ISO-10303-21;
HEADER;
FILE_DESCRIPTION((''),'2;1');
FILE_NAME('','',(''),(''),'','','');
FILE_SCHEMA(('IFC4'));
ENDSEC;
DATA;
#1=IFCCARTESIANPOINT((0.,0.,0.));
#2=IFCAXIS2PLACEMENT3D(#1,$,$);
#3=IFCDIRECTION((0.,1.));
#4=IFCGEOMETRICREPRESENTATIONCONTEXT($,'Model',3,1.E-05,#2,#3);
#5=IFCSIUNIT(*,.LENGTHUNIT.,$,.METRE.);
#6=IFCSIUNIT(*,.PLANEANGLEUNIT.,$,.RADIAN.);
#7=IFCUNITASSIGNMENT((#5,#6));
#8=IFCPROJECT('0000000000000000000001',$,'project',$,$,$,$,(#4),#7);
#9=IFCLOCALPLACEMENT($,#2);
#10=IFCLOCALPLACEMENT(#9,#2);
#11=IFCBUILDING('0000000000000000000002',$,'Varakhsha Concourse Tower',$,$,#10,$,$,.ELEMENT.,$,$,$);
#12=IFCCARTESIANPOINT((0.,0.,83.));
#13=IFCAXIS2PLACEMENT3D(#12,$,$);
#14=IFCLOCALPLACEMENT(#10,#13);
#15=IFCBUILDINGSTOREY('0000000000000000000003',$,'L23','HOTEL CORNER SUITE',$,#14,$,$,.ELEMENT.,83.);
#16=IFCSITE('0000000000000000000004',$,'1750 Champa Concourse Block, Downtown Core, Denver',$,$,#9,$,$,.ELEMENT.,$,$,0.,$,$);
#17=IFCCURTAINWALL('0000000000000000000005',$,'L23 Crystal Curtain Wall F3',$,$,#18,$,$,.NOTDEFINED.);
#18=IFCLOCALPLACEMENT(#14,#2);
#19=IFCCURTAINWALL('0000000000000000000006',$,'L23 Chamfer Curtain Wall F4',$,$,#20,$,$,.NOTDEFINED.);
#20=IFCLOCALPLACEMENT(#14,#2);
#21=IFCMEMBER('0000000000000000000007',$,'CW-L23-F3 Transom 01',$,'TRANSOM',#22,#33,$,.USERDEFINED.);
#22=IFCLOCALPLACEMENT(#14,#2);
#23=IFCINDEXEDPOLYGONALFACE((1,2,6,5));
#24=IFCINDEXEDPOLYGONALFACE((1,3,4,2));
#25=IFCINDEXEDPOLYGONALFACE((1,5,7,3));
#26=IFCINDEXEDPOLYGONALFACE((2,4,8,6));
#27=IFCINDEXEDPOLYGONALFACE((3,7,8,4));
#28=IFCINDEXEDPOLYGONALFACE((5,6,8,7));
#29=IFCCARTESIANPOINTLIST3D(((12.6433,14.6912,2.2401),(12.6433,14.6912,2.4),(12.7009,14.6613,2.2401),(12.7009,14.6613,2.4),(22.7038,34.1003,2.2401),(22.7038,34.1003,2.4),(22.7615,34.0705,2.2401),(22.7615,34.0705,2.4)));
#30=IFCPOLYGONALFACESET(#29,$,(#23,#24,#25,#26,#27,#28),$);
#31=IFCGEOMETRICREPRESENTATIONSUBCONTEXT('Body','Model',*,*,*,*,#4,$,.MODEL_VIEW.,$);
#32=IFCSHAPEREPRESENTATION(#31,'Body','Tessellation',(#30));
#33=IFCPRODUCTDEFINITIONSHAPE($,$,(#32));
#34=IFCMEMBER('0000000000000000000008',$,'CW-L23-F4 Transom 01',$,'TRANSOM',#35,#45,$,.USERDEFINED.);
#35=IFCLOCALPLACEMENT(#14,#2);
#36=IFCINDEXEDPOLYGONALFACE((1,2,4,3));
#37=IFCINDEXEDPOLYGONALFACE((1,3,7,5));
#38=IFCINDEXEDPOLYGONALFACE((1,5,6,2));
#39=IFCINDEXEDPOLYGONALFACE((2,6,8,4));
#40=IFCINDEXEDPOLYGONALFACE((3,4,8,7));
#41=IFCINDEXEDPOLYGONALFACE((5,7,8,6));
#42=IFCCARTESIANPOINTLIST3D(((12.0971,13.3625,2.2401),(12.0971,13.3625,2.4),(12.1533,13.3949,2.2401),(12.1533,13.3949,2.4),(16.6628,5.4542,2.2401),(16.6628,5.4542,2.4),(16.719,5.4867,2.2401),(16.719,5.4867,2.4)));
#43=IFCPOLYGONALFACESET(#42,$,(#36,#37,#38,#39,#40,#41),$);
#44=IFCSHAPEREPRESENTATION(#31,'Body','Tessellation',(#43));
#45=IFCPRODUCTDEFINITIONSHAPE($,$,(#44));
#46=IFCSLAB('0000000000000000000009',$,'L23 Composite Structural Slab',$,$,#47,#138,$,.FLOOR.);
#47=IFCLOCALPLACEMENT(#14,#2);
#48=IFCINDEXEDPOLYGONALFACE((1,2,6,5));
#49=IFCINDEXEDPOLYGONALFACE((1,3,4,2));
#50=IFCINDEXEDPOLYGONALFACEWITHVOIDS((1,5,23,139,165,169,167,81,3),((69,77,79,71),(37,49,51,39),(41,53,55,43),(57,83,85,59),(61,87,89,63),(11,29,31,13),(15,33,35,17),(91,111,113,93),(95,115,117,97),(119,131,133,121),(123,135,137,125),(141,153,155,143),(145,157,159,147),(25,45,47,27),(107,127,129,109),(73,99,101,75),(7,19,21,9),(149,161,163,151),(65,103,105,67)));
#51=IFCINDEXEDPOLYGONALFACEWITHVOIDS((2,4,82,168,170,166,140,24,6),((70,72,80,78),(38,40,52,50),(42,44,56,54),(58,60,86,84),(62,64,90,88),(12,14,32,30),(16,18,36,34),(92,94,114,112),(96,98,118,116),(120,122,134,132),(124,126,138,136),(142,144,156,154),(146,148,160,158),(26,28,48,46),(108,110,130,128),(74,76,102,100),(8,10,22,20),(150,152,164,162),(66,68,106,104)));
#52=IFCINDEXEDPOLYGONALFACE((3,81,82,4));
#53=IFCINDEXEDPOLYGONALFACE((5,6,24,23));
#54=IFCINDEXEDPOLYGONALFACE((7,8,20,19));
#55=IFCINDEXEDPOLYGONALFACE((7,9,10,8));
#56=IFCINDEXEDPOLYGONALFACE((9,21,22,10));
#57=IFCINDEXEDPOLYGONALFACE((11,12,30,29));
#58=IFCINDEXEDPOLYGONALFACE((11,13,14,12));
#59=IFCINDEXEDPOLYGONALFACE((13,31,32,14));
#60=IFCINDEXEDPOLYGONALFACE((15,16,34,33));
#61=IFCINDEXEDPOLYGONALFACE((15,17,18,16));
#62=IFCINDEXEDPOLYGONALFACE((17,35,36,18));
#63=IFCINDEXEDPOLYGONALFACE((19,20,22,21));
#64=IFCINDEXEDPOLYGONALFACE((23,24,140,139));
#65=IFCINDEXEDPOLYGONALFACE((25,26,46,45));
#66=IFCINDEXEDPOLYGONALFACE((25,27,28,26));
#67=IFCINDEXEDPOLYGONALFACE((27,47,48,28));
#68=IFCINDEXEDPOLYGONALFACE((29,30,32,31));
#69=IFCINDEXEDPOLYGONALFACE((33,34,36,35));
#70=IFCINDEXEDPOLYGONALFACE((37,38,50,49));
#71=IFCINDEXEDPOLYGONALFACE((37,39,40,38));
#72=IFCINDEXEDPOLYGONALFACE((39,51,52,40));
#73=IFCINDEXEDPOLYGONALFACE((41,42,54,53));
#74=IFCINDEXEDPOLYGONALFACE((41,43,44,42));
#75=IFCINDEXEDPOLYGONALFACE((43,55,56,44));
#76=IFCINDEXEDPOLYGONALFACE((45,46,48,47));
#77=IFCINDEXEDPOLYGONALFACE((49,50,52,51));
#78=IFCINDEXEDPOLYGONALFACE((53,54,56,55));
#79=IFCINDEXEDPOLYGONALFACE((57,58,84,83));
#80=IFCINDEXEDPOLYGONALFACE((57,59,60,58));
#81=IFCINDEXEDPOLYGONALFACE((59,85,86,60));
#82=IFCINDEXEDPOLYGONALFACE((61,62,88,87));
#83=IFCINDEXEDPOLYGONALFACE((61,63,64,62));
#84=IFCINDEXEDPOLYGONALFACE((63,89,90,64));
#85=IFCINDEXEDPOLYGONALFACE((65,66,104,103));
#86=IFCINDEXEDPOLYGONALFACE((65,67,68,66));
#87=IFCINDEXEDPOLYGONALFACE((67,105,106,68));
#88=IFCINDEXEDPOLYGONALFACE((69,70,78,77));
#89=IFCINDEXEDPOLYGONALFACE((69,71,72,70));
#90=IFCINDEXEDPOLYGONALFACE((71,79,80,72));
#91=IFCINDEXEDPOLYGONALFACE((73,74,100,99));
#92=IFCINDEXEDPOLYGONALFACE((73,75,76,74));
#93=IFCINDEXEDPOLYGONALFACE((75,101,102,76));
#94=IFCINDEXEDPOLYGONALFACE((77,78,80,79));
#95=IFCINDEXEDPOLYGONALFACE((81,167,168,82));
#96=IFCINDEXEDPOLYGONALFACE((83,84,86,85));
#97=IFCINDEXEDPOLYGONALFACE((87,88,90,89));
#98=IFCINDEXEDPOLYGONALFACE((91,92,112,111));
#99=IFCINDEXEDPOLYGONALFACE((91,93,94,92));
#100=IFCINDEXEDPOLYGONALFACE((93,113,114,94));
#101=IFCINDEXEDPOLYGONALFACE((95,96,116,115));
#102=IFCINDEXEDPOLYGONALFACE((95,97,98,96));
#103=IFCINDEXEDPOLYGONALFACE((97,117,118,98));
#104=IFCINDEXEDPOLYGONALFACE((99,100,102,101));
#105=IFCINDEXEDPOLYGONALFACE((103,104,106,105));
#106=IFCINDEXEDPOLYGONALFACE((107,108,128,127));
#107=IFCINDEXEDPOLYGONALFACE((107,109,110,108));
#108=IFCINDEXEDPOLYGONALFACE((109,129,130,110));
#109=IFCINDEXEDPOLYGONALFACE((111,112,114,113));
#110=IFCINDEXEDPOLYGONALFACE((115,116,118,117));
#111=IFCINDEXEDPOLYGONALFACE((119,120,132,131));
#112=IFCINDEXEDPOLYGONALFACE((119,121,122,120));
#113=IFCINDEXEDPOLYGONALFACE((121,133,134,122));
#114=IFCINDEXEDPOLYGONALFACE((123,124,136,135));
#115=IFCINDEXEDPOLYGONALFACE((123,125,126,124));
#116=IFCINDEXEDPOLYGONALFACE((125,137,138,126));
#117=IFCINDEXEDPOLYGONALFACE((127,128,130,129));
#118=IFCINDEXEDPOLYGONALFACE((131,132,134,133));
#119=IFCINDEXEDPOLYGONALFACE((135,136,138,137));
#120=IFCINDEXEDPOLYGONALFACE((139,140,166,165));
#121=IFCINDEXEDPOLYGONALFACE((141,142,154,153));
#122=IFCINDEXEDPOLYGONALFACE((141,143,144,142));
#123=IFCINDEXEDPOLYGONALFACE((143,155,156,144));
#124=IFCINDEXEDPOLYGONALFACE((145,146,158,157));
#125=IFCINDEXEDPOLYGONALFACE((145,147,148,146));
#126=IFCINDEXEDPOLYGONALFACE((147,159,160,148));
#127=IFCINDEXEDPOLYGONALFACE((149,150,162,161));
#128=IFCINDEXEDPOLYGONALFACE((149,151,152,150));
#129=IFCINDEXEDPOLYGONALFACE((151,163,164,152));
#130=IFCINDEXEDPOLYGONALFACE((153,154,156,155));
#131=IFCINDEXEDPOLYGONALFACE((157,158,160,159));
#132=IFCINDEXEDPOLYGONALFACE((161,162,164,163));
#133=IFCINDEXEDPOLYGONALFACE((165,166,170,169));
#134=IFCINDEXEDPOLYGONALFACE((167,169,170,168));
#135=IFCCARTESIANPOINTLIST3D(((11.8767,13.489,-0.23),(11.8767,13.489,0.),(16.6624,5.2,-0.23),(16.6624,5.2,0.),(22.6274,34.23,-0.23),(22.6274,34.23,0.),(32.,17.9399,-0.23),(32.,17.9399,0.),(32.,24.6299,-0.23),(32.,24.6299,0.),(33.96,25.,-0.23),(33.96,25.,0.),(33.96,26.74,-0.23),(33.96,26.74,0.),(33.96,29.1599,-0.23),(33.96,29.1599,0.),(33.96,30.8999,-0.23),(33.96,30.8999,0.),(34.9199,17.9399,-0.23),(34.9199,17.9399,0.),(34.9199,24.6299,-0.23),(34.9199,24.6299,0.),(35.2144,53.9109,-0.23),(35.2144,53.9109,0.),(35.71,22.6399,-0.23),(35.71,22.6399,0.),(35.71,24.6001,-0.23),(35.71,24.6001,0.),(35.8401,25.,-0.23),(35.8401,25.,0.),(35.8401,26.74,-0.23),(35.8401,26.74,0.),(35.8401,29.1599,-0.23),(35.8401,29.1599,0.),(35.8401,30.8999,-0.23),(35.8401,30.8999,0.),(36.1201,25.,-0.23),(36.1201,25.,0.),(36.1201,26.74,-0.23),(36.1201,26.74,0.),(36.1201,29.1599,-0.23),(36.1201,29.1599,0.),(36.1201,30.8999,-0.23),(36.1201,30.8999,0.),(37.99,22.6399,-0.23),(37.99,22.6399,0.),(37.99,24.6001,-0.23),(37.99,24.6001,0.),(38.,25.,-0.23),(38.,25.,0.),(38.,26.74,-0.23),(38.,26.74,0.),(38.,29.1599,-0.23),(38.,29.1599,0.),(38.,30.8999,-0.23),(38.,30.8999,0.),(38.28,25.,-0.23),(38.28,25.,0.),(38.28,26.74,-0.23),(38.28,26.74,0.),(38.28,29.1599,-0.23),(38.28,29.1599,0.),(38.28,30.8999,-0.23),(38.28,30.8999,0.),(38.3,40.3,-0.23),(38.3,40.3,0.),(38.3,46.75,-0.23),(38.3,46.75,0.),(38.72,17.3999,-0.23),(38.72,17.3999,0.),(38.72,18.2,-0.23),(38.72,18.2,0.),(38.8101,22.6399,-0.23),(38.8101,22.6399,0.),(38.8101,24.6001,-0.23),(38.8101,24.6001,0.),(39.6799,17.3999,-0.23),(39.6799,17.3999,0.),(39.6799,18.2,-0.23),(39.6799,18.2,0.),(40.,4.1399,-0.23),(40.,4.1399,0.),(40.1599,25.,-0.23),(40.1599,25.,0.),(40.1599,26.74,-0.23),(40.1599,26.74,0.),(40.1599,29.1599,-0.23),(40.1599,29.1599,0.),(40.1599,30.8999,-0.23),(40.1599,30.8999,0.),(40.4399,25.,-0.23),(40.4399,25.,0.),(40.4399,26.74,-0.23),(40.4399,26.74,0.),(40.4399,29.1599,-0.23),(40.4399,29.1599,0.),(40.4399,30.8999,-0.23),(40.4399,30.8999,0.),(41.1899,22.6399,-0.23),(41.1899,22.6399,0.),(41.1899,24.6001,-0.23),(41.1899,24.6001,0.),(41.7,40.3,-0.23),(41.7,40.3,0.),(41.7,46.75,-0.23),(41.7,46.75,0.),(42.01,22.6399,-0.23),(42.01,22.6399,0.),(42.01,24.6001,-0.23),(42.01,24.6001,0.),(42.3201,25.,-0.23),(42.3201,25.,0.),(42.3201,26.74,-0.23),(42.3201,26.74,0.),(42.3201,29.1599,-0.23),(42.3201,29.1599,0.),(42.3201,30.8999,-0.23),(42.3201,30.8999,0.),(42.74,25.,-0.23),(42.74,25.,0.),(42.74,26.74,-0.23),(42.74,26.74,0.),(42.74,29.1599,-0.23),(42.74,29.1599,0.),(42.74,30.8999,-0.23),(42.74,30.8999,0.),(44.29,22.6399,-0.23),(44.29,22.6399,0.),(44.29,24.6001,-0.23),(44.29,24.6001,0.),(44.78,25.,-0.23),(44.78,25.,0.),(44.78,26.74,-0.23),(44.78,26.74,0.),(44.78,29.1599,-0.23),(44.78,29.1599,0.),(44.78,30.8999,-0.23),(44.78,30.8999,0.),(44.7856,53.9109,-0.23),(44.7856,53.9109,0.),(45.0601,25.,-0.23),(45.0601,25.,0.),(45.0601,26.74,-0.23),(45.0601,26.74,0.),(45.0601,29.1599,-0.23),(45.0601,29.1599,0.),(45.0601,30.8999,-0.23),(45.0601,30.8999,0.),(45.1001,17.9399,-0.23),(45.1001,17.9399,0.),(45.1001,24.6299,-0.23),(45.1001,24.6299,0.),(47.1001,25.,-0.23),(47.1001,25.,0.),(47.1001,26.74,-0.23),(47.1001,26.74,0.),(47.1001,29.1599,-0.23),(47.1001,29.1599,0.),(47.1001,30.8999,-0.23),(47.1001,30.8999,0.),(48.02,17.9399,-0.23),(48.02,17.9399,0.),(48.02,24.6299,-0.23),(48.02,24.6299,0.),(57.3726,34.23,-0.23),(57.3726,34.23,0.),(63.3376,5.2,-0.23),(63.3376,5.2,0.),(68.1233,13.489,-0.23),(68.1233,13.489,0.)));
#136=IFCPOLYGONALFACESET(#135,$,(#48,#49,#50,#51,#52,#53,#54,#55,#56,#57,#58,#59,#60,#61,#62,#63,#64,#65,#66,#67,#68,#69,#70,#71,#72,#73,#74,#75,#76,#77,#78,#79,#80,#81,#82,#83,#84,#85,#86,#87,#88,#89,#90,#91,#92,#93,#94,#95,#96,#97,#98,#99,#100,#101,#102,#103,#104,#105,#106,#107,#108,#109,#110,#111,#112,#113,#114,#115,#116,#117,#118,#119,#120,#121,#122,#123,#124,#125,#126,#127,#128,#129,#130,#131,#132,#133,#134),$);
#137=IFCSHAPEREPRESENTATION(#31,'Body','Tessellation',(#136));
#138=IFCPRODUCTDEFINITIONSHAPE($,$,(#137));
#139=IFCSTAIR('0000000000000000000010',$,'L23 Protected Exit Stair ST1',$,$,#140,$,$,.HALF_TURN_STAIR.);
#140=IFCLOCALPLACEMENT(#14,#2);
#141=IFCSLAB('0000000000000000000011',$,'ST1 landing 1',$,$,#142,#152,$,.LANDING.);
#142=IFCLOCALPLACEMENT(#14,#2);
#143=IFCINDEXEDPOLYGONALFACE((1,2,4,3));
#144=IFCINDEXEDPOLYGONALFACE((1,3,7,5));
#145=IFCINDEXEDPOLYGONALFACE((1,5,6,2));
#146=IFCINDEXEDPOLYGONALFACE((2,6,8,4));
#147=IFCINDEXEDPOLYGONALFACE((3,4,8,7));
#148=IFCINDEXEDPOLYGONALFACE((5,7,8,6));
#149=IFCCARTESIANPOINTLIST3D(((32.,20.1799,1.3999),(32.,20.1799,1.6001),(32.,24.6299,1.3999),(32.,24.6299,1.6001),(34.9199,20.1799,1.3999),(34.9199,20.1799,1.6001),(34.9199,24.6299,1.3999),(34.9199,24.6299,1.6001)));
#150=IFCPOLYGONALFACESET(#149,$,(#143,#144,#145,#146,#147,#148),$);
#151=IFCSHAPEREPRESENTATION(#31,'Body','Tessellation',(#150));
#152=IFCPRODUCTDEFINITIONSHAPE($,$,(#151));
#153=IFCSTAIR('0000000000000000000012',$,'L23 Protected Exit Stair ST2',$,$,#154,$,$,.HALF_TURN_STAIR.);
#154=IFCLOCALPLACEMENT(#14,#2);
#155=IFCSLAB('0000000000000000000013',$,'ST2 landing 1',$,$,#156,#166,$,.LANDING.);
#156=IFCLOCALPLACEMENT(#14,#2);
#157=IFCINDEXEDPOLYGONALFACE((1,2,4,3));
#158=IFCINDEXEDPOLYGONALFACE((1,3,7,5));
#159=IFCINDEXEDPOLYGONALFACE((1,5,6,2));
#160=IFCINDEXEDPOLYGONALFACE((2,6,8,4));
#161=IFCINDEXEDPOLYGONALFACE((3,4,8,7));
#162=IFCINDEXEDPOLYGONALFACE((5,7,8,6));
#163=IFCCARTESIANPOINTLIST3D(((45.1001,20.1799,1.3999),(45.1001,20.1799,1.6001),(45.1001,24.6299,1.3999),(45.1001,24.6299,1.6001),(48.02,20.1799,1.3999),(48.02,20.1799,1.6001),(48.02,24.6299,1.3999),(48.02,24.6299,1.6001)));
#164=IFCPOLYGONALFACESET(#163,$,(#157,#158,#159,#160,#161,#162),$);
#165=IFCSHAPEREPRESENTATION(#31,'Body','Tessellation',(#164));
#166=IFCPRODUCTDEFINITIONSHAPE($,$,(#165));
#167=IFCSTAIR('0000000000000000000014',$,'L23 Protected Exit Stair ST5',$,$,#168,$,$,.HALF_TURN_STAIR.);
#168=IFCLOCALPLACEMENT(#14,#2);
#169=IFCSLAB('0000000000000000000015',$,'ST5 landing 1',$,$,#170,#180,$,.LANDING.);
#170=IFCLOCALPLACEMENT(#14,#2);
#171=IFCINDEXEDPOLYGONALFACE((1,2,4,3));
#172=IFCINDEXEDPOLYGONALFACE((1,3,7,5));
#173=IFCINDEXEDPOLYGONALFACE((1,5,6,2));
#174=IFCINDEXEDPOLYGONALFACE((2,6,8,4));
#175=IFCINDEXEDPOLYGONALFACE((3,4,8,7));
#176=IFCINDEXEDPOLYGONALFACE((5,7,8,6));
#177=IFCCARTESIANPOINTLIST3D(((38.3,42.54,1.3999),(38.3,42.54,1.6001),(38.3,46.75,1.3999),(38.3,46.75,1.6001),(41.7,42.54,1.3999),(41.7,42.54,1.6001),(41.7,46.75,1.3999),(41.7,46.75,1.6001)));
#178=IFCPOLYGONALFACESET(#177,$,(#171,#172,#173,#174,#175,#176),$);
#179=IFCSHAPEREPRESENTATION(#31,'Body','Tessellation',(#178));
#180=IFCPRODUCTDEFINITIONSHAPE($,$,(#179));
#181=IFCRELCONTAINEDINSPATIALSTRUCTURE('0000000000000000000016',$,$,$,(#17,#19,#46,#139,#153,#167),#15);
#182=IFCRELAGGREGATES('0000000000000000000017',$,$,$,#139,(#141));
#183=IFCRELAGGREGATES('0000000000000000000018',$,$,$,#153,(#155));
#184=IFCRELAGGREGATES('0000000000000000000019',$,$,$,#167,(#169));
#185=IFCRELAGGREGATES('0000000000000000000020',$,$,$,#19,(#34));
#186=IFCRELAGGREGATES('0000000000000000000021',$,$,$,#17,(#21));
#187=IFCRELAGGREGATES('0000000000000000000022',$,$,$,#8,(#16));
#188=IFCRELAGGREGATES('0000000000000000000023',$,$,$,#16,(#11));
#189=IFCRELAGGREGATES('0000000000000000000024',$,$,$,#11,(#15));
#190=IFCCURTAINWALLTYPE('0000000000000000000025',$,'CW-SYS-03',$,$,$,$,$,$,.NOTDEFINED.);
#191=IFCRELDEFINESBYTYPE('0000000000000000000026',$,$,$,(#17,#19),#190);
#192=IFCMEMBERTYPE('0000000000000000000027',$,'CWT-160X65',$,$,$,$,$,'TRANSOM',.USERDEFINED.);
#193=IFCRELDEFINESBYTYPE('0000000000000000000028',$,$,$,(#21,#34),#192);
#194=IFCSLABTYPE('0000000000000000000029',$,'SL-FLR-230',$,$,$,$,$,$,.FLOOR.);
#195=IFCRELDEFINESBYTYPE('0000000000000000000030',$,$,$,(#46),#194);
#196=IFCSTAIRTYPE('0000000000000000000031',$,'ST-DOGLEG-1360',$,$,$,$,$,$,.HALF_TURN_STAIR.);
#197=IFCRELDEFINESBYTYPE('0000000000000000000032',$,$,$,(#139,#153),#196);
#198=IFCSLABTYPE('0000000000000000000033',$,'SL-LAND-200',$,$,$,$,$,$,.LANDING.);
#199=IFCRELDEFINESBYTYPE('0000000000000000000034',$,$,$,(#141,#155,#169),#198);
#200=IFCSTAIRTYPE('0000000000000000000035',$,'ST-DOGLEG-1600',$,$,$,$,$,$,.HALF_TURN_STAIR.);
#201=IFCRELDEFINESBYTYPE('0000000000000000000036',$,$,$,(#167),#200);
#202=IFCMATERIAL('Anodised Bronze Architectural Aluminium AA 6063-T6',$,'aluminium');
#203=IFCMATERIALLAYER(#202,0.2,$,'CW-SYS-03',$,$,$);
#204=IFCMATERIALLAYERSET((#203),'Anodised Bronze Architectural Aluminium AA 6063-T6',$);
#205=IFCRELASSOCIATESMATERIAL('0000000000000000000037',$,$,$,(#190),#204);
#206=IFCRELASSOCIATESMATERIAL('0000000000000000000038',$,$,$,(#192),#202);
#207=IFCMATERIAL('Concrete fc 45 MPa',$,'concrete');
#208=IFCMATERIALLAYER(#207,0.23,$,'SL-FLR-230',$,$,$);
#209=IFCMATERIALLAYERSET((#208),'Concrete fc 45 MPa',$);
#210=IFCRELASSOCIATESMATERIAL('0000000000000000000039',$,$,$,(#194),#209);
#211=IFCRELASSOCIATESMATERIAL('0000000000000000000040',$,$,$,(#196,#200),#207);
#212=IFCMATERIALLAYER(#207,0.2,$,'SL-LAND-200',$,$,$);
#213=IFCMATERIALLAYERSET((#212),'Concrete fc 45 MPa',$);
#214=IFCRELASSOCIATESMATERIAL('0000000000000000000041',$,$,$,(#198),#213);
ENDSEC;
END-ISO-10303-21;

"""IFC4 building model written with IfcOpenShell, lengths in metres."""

from ifc_helpers import new_model, si_unit, direction, frame, origin, origin_2d, place, context, subcontext, project, spatial, polyline, rectangle, outline, extrude, source, transform, mapped, material, layer, layer_set, material_profile, profile_set, type_object, type_shapes, element, aggregate, save


model = new_model("IFC4")

# Units and contexts
model_context = context("Model", 3, precision=1e-05, world=origin(), true_north=direction((0.0, 1.0)))
body_context = subcontext(model_context, "Body", "Model", "MODEL_VIEW")
ifc_project = project(units=[si_unit("LENGTHUNIT", "METRE"), si_unit("PLANEANGLEUNIT", "RADIAN")], contexts=[model_context])

# Site, building, storey
site_placement = place(None, origin())
site = spatial("IfcSite", under=ifc_project, at=site_placement, Name="1750 Champa Concourse Block, Downtown Core, Denver", CompositionType="ELEMENT", RefElevation=0.0)
building_placement = place(site_placement, origin())
building = spatial("IfcBuilding", under=site, at=building_placement, Name="Varakhsha Concourse Tower", CompositionType="ELEMENT")
storey_placement = place(building_placement, frame((0.0, 0.0, 83.0)))
storey = spatial("IfcBuildingStorey", under=building, at=storey_placement, Name="L23", Description="HOTEL CORNER SUITE", CompositionType="ELEMENT", Elevation=83.0)

# Curtain wall
ifc_material_1 = material(Name="Anodised Bronze Architectural Aluminium AA 6063-T6", Category="aluminium")
ifc_layer_1 = layer(ifc_material_1, 0.2, Name="CW-SYS-03")
ifc_layer_set_1 = layer_set([ifc_layer_1], Name="Anodised Bronze Architectural Aluminium AA 6063-T6")
curtain_wall_type = type_object("IfcCurtainWallType", Name="CW-SYS-03", PredefinedType="NOTDEFINED", material=ifc_layer_set_1)
curtain_wall_1_placement = place(storey_placement, origin())
curtain_wall_1 = element("IfcCurtainWall", 1, at=curtain_wall_1_placement, inside=storey, type_object=curtain_wall_type, Name="L23 Crystal Curtain Wall F3", PredefinedType="NOTDEFINED")

# Curtain wall
curtain_wall_2_placement = place(storey_placement, origin())
curtain_wall_2 = element("IfcCurtainWall", 2, at=curtain_wall_2_placement, inside=storey, type_object=curtain_wall_type, Name="L23 Chamfer Curtain Wall F4", PredefinedType="NOTDEFINED")

# Members
ifc_material_profile_1 = material_profile(ifc_material_1, rectangle(XDim=0.0649, YDim=0.1599, at=origin_2d()), Name="CWT-160X65")
ifc_profile_set_1 = profile_set([ifc_material_profile_1], Name="Anodised Bronze Architectural Aluminium AA 6063-T6")
member_type_1 = type_object("IfcMemberType", Name="CWT-160X65", ElementType="TRANSOM", PredefinedType="USERDEFINED", material=ifc_profile_set_1)
shared_shape_1 = source(origin(), body_context, "Body", "SweptSolid", [
    extrude(rectangle(XDim=0.0649, YDim=0.1599, at=origin_2d()), origin(), (0.0, 0.0, 1.0), 21.8616),
])
member_1_placement = place(storey_placement, frame((12.6721, 14.6763, 2.3201), z_axis=(0.460192, 0.887819, 0.0), x_axis=(-0.887819, 0.460192, 0.0)))
member_1 = element("IfcMember", 3, at=member_1_placement, type_object=member_type_1, Name="CW-L23-F3 Transom 01", ObjectType="TRANSOM", PredefinedType="USERDEFINED", context=body_context, shape_type="MappedRepresentation", body=[
    mapped(shared_shape_1, transform((0.0, 0.0, 0.0), scale=1.0)),
])
shared_shape_2 = source(origin(), body_context, "Body", "SweptSolid", [
    extrude(rectangle(XDim=0.0649, YDim=0.1599, at=origin_2d()), origin(), (0.0, 0.0, 1.0), 9.1316),
])
type_shapes(member_type_1, [shared_shape_1, shared_shape_2])
member_2_placement = place(storey_placement, frame((16.6909, 5.4705, 2.3201), z_axis=(-0.499989, 0.866032, 0.0), x_axis=(-0.866032, -0.499989, 0.0)))
member_2 = element("IfcMember", 4, at=member_2_placement, type_object=member_type_1, Name="CW-L23-F4 Transom 01", ObjectType="TRANSOM", PredefinedType="USERDEFINED", context=body_context, shape_type="MappedRepresentation", body=[
    mapped(shared_shape_2, transform((0.0, 0.0, 0.0), scale=1.0)),
])

# Slab
ifc_material_2 = material(Name="Concrete fc 45 MPa", Category="concrete")
ifc_layer_2 = layer(ifc_material_2, 0.23, Name="SL-FLR-230")
ifc_layer_set_2 = layer_set([ifc_layer_2], Name="Concrete fc 45 MPa")
slab_type_1 = type_object("IfcSlabType", Name="SL-FLR-230", PredefinedType="FLOOR", material=ifc_layer_set_2)
slab_1_placement = place(storey_placement, frame((0.0, 0.0, -0.23)))
element("IfcSlab", 5, at=slab_1_placement, inside=storey, type_object=slab_type_1, Name="L23 Composite Structural Slab", PredefinedType="FLOOR", context=body_context, shape_type="SweptSolid", body=[
    extrude(outline(polyline([(44.7856, 53.9109), (35.2144, 53.9109), (22.6274, 34.23), (11.8767, 13.489), (16.6624, 5.2), (40.0, 4.1399), (63.3376, 5.2), (68.1233, 13.489), (57.3726, 34.23), (44.7856, 53.9109)]), holes=[polyline([(34.9199, 17.9399), (34.9199, 24.6299), (32.0, 24.6299), (32.0, 17.9399), (34.9199, 17.9399)]), polyline([(48.02, 17.9399), (48.02, 24.6299), (45.1001, 24.6299), (45.1001, 17.9399), (48.02, 17.9399)]), polyline([(41.7, 40.3), (41.7, 46.75), (38.3, 46.75), (38.3, 40.3), (41.7, 40.3)]), polyline([(33.96, 29.1599), (35.8401, 29.1599), (35.8401, 30.8999), (33.96, 30.8999), (33.96, 29.1599)]), polyline([(36.1201, 29.1599), (38.0, 29.1599), (38.0, 30.8999), (36.1201, 30.8999), (36.1201, 29.1599)]), polyline([(38.28, 29.1599), (40.1599, 29.1599), (40.1599, 30.8999), (38.28, 30.8999), (38.28, 29.1599)]), polyline([(40.4399, 29.1599), (42.3201, 29.1599), (42.3201, 30.8999), (40.4399, 30.8999), (40.4399, 29.1599)]), polyline([(33.96, 25.0), (35.8401, 25.0), (35.8401, 26.74), (33.96, 26.74), (33.96, 25.0)]), polyline([(36.1201, 25.0), (38.0, 25.0), (38.0, 26.74), (36.1201, 26.74), (36.1201, 25.0)]), polyline([(38.28, 25.0), (40.1599, 25.0), (40.1599, 26.74), (38.28, 26.74), (38.28, 25.0)]), polyline([(40.4399, 25.0), (42.3201, 25.0), (42.3201, 26.74), (40.4399, 26.74), (40.4399, 25.0)]), polyline([(42.74, 29.1599), (44.78, 29.1599), (44.78, 30.8999), (42.74, 30.8999), (42.74, 29.1599)]), polyline([(45.0601, 29.1599), (47.1001, 29.1599), (47.1001, 30.8999), (45.0601, 30.8999), (45.0601, 29.1599)]), polyline([(42.74, 25.0), (44.78, 25.0), (44.78, 26.74), (42.74, 26.74), (42.74, 25.0)]), polyline([(45.0601, 25.0), (47.1001, 25.0), (47.1001, 26.74), (45.0601, 26.74), (45.0601, 25.0)]), polyline([(35.71, 22.6399), (37.99, 22.6399), (37.99, 24.6001), (35.71, 24.6001), (35.71, 22.6399)]), polyline([(42.01, 22.6399), (44.29, 22.6399), (44.29, 24.6001), (42.01, 24.6001), (42.01, 22.6399)]), polyline([(38.8101, 22.6399), (41.1899, 22.6399), (41.1899, 24.6001), (38.8101, 24.6001), (38.8101, 22.6399)]), polyline([(38.72, 17.3999), (39.6799, 17.3999), (39.6799, 18.2), (38.72, 18.2), (38.72, 17.3999)])]), origin(), (0.0, 0.0, 1.0), 0.23),
])

# Stairs, slabs
stair_type_1 = type_object("IfcStairType", Name="ST-DOGLEG-1360", PredefinedType="HALF_TURN_STAIR", material=ifc_material_2)
stair_1_placement = place(storey_placement, origin())
stair_1 = element("IfcStair", 6, at=stair_1_placement, inside=storey, type_object=stair_type_1, Name="L23 Protected Exit Stair ST1", PredefinedType="HALF_TURN_STAIR")
ifc_layer_3 = layer(ifc_material_2, 0.2, Name="SL-LAND-200")
ifc_layer_set_3 = layer_set([ifc_layer_3], Name="Concrete fc 45 MPa")
slab_type_2 = type_object("IfcSlabType", Name="SL-LAND-200", PredefinedType="LANDING", material=ifc_layer_set_3)
slab_2_placement = place(storey_placement, frame((0.0, 0.0, 1.3999)))
slab_2 = element("IfcSlab", 7, at=slab_2_placement, type_object=slab_type_2, Name="ST1 landing 1", PredefinedType="LANDING", context=body_context, shape_type="SweptSolid", body=[
    extrude(outline(polyline([(34.9199, 20.1799), (34.9199, 24.6299), (32.0, 24.6299), (32.0, 20.1799), (34.9199, 20.1799)])), origin(), (0.0, 0.0, 1.0), 0.2002),
])
aggregate(stair_1, [slab_2])
stair_2_placement = place(storey_placement, origin())
stair_2 = element("IfcStair", 8, at=stair_2_placement, inside=storey, type_object=stair_type_1, Name="L23 Protected Exit Stair ST2", PredefinedType="HALF_TURN_STAIR")
slab_3_placement = place(storey_placement, frame((0.0, 0.0, 1.3999)))
slab_3 = element("IfcSlab", 9, at=slab_3_placement, type_object=slab_type_2, Name="ST2 landing 1", PredefinedType="LANDING", context=body_context, shape_type="SweptSolid", body=[
    extrude(outline(polyline([(48.02, 20.1799), (48.02, 24.6299), (45.1001, 24.6299), (45.1001, 20.1799), (48.02, 20.1799)])), origin(), (0.0, 0.0, 1.0), 0.2002),
])
aggregate(stair_2, [slab_3])
stair_type_2 = type_object("IfcStairType", Name="ST-DOGLEG-1600", PredefinedType="HALF_TURN_STAIR", material=ifc_material_2)
stair_3_placement = place(storey_placement, origin())
stair_3 = element("IfcStair", 10, at=stair_3_placement, inside=storey, type_object=stair_type_2, Name="L23 Protected Exit Stair ST5", PredefinedType="HALF_TURN_STAIR")
slab_4_placement = place(storey_placement, frame((0.0, 0.0, 1.3999)))
slab_4 = element("IfcSlab", 11, at=slab_4_placement, type_object=slab_type_2, Name="ST5 landing 1", PredefinedType="LANDING", context=body_context, shape_type="SweptSolid", body=[
    extrude(outline(polyline([(41.7, 42.54), (41.7, 46.75), (38.3, 46.75), (38.3, 42.54), (41.7, 42.54)])), origin(), (0.0, 0.0, 1.0), 0.2002),
])
aggregate(stair_3, [slab_4])

aggregate(curtain_wall_2, [member_2])
aggregate(curtain_wall_1, [member_1])

save(model, "model.ifc")
